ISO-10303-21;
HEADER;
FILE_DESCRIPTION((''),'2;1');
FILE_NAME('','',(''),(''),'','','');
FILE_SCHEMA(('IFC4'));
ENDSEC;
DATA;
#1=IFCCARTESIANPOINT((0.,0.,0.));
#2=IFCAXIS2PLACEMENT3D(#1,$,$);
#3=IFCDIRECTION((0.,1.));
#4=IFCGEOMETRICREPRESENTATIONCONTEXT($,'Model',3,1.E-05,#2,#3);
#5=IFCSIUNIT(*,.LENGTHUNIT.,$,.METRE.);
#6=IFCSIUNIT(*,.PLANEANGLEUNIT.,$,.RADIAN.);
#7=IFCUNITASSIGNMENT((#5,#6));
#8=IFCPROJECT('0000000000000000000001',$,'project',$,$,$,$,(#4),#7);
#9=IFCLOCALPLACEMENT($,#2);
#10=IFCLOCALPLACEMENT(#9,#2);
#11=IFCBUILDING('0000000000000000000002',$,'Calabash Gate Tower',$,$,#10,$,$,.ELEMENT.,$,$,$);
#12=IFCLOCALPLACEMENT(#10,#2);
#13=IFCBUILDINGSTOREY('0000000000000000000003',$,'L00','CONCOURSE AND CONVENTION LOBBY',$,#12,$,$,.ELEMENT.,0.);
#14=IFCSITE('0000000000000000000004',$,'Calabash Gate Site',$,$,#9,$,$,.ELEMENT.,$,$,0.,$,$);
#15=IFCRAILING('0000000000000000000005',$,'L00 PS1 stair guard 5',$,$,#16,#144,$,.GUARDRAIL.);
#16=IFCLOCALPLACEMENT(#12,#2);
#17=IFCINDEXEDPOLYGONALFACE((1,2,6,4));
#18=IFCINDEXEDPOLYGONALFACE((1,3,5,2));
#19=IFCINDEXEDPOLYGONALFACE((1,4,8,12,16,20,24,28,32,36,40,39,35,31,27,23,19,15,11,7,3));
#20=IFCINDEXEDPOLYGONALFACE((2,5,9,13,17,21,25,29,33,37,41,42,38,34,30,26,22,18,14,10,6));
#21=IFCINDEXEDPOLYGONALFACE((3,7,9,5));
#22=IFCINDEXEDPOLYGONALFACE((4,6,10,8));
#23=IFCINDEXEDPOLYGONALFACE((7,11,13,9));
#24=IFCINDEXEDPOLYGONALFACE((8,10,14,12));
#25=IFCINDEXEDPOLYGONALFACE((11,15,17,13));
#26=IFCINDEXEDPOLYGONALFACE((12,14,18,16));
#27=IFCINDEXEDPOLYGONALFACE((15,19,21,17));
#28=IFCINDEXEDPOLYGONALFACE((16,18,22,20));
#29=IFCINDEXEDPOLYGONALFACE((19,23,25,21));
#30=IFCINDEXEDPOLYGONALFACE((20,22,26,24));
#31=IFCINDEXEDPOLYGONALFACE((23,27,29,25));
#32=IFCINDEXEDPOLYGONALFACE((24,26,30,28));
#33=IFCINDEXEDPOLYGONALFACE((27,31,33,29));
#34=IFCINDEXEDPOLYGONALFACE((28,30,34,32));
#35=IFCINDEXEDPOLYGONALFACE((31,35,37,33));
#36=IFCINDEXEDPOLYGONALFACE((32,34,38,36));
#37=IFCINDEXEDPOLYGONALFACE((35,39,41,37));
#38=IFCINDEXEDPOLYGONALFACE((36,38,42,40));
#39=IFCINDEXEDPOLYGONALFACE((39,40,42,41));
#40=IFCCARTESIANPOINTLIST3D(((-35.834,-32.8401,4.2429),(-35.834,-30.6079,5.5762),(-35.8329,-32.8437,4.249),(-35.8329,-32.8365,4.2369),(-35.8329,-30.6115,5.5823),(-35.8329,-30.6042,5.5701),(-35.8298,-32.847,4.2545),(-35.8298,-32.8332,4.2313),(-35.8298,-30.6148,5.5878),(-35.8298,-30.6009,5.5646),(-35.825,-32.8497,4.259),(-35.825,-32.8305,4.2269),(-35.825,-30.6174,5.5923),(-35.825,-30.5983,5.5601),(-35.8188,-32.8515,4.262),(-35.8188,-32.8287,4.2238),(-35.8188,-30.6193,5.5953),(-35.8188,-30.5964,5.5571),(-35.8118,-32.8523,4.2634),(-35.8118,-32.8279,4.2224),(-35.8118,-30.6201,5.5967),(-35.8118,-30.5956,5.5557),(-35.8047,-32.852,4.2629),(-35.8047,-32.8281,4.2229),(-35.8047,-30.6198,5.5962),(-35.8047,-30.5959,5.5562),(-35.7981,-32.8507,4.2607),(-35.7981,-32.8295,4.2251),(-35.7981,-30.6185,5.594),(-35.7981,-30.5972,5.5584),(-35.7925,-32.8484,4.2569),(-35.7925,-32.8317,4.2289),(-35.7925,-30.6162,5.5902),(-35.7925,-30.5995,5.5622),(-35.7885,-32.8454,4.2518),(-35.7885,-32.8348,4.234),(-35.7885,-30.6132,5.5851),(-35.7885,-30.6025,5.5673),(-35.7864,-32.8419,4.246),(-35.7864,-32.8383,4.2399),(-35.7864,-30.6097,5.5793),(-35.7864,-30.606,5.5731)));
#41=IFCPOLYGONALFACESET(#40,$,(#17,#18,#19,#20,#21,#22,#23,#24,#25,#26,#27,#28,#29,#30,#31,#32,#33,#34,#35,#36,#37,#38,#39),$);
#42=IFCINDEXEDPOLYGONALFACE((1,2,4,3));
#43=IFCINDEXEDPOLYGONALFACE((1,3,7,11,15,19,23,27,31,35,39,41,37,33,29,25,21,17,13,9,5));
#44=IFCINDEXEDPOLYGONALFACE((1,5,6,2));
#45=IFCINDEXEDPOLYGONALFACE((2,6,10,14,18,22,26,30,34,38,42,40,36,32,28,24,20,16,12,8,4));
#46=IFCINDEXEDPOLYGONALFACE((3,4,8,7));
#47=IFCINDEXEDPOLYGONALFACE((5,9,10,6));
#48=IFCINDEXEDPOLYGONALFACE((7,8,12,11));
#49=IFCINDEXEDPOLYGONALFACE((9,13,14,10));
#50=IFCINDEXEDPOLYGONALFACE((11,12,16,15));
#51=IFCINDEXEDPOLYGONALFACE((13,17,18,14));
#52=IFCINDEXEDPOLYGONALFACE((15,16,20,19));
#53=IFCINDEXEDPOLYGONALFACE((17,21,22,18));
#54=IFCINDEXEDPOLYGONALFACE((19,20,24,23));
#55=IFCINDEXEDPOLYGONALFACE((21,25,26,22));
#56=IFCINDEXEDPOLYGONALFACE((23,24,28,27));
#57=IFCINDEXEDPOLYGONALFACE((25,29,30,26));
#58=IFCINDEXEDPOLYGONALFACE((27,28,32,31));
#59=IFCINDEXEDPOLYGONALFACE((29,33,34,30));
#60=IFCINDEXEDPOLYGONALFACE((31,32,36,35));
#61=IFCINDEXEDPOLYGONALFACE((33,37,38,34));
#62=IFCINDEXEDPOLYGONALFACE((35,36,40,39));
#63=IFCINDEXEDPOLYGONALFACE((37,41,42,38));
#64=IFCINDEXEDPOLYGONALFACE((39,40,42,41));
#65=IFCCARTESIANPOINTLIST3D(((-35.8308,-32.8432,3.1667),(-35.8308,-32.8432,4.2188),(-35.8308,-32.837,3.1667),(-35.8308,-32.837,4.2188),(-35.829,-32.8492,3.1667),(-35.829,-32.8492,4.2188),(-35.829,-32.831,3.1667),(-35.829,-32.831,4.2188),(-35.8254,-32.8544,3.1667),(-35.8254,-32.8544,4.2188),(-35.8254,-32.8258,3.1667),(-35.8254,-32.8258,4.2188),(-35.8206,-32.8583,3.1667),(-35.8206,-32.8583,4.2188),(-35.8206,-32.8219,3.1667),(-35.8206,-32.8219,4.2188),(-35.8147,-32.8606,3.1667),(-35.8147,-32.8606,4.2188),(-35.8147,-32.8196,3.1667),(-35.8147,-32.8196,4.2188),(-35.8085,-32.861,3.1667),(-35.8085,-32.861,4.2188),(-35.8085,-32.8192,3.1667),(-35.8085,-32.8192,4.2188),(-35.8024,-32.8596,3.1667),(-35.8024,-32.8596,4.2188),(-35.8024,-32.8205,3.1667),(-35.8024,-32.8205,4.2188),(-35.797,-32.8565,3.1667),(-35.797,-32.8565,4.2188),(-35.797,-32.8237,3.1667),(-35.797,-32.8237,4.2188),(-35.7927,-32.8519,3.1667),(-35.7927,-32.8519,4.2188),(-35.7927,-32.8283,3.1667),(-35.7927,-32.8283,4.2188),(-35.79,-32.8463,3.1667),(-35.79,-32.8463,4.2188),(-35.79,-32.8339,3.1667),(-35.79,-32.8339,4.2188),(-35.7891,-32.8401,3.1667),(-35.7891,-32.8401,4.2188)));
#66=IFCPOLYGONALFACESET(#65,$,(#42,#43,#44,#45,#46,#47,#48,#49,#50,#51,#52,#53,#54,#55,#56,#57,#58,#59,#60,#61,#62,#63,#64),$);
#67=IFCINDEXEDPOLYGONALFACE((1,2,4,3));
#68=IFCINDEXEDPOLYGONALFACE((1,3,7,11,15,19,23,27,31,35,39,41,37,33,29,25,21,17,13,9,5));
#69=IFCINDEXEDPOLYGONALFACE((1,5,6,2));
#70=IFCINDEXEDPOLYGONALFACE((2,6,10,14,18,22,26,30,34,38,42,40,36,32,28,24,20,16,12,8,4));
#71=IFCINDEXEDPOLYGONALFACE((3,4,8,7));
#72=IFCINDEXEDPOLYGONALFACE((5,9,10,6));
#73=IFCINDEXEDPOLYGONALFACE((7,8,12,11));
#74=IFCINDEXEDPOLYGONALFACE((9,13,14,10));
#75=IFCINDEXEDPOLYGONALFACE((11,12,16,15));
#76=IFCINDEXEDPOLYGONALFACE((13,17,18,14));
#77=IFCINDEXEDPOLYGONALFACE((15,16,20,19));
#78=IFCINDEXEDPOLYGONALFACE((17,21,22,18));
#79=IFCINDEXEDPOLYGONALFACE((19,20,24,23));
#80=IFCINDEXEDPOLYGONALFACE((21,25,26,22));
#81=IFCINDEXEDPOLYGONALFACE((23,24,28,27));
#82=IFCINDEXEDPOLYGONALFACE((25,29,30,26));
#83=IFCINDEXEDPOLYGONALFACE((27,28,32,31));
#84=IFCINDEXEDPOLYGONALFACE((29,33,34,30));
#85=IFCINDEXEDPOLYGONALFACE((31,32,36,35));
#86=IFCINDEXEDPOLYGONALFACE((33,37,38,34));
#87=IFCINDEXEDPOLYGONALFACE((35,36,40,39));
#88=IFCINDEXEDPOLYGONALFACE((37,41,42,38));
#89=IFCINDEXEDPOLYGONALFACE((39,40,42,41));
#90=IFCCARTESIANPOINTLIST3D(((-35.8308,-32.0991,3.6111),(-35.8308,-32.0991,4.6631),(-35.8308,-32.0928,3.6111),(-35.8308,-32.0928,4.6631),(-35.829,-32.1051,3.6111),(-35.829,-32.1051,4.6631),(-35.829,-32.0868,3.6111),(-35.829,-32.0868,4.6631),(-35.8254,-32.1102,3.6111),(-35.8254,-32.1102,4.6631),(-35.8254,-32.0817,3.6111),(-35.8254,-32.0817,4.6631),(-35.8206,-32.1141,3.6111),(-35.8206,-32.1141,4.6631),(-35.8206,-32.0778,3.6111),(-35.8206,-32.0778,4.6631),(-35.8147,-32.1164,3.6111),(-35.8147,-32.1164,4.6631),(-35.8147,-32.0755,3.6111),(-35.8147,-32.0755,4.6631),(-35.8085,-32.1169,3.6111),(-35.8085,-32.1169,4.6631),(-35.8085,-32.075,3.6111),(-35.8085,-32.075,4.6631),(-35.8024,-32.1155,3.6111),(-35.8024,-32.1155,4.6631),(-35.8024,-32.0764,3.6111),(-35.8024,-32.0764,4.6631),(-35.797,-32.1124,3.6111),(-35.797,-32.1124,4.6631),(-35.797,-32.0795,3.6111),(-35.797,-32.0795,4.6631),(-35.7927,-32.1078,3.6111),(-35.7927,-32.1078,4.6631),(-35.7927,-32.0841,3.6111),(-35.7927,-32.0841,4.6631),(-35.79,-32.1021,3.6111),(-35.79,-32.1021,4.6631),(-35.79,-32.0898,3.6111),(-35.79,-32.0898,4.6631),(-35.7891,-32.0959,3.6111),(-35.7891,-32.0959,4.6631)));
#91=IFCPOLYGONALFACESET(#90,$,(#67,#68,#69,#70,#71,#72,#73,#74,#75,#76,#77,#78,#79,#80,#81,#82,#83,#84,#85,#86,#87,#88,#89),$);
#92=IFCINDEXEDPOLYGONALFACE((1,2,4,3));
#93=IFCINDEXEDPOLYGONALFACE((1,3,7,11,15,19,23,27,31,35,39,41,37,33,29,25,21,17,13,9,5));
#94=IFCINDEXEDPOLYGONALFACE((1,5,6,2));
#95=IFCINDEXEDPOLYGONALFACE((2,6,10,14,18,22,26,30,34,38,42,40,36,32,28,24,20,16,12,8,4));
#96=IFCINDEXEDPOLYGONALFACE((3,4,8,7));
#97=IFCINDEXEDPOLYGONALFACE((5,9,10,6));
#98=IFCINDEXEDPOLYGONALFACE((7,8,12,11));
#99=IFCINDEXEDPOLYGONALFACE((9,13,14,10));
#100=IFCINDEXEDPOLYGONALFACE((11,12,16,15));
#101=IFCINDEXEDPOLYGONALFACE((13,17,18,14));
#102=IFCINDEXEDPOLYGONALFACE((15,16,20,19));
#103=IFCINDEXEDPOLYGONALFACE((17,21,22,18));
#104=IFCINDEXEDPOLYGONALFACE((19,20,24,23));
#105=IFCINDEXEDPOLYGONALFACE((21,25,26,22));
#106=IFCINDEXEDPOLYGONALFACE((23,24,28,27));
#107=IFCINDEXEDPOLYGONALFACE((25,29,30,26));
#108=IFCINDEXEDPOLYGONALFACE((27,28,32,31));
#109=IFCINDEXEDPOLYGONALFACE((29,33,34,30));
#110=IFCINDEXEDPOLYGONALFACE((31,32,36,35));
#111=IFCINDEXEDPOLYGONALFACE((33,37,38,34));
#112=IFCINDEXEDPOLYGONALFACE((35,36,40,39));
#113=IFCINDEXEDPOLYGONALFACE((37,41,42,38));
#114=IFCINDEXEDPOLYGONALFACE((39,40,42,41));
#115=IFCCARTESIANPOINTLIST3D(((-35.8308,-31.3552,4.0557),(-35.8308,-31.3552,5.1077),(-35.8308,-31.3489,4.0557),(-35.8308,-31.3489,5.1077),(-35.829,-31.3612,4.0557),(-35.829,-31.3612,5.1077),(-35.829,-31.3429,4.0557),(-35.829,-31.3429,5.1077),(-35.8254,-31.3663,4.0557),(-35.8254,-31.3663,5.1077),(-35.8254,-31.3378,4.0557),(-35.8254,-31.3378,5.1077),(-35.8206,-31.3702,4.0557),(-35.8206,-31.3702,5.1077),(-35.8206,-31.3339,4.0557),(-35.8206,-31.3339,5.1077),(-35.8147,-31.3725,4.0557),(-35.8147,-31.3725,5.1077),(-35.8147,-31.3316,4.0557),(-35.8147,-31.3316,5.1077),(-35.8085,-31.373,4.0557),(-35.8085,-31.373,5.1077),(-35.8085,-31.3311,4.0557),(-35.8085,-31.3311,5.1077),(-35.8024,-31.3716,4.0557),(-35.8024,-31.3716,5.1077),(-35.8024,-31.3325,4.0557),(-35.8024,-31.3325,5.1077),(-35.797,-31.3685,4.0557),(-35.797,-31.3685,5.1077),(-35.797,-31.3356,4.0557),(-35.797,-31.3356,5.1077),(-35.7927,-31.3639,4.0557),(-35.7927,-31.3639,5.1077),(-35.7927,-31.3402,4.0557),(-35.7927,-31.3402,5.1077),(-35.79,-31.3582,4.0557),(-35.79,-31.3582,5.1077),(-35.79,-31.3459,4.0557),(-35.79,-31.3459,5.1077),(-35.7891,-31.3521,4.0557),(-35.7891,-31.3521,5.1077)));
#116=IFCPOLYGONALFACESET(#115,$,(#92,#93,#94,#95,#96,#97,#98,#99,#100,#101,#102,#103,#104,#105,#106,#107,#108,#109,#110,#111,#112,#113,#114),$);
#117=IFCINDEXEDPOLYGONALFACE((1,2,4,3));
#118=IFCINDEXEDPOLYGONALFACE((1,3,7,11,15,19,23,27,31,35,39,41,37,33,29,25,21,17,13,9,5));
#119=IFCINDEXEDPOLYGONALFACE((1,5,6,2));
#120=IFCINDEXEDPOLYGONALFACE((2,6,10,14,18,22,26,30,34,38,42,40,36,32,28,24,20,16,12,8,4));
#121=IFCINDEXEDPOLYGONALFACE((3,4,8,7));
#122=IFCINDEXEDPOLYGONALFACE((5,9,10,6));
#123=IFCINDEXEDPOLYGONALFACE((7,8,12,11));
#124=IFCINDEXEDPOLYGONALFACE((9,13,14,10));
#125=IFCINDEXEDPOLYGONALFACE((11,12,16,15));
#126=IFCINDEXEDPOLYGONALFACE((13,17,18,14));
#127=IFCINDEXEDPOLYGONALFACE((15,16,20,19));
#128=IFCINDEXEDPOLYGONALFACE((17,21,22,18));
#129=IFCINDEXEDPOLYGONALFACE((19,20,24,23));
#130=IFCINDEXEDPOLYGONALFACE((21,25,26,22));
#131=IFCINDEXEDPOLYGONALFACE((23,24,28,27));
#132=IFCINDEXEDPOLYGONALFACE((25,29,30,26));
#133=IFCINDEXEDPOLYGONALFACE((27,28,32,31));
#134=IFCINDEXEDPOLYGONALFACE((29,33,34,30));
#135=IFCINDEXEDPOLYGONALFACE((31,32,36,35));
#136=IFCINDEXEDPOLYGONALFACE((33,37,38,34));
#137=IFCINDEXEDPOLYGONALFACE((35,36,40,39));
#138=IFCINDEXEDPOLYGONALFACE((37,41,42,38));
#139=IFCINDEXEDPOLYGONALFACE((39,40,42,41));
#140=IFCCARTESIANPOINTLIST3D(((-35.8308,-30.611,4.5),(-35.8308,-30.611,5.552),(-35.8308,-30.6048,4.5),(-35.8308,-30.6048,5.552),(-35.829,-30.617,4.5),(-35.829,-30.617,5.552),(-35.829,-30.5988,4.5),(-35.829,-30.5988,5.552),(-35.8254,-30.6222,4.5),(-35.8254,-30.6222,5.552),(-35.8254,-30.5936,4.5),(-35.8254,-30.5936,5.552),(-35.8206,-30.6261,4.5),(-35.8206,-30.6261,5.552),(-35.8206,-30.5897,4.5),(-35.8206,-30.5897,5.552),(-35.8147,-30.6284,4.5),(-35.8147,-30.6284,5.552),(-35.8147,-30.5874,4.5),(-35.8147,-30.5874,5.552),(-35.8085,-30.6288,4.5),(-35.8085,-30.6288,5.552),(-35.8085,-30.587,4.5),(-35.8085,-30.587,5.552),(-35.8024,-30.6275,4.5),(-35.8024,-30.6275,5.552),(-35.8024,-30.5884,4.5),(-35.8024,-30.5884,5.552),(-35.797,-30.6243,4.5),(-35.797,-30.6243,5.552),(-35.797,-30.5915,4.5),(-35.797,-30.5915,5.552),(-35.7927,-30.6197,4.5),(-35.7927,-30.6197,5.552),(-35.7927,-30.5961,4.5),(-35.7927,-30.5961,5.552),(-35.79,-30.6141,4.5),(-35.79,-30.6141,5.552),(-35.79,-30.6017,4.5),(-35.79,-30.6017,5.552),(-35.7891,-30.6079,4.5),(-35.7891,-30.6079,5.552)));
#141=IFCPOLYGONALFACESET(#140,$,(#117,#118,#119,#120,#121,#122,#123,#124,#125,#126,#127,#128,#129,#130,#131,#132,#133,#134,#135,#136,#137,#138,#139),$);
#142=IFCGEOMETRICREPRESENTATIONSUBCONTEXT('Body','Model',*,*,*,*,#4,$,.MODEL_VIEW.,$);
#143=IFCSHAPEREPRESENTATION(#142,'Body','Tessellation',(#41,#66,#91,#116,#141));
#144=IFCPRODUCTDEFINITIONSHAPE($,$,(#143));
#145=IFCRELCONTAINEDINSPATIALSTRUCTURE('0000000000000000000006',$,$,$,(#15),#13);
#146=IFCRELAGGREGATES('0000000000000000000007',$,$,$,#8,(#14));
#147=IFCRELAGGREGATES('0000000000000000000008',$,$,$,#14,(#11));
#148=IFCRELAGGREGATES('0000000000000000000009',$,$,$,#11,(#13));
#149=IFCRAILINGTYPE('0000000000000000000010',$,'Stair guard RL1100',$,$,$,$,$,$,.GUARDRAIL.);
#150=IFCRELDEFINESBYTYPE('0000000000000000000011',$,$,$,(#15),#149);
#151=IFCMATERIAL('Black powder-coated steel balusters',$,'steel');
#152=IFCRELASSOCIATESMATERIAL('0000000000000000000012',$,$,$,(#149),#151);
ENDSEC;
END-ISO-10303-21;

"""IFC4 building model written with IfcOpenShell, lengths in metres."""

from ifc_helpers import new_model, si_unit, direction, frame, origin, origin_2d, place, context, subcontext, project, spatial, circle, extrude, material, type_object, element, save


model = new_model("IFC4")

# Units and contexts
model_context = context("Model", 3, precision=1e-05, world=origin(), true_north=direction((0.0, 1.0)))
body_context = subcontext(model_context, "Body", "Model", "MODEL_VIEW")
ifc_project = project(units=[si_unit("LENGTHUNIT", "METRE"), si_unit("PLANEANGLEUNIT", "RADIAN")], contexts=[model_context])

# Site, building, storey
site_placement = place(None, origin())
site = spatial("IfcSite", under=ifc_project, at=site_placement, Name="Calabash Gate Site", CompositionType="ELEMENT", RefElevation=0.0)
building_placement = place(site_placement, origin())
building = spatial("IfcBuilding", under=site, at=building_placement, Name="Calabash Gate Tower", CompositionType="ELEMENT")
storey_placement = place(building_placement, origin())
storey = spatial("IfcBuildingStorey", under=building, at=storey_placement, Name="L00", Description="CONCOURSE AND CONVENTION LOBBY", CompositionType="ELEMENT", Elevation=0.0)

# Railing
ifc_material_1 = material(Name="Black powder-coated steel balusters", Category="steel")
railing_type_1 = type_object("IfcRailingType", Name="Stair guard RL1100", PredefinedType="GUARDRAIL", material=ifc_material_1)
railing_1_placement = place(storey_placement, frame((-35.8101, -32.8401, 3.1667)))
element("IfcRailing", 1, at=railing_1_placement, inside=storey, type_object=railing_type_1, Name="L00 PS1 stair guard 5", PredefinedType="GUARDRAIL", context=body_context, shape_type="SweptSolid", body=[
    extrude(circle(Radius=0.0239, at=origin_2d()), frame((0.0, 0.0, 1.0762), z_axis=(0.0, 0.858519, 0.512782), x_axis=(-1.0, 0.0, 0.0)), (0.0, 0.0, 1.0), 2.6001),
    extrude(circle(Radius=0.021, at=origin_2d()), origin(), (0.0, 0.0, 1.0), 1.052),
    extrude(circle(Radius=0.021, at=origin_2d()), frame((0.0, 0.7441, 0.4443)), (0.0, 0.0, 1.0), 1.052),
    extrude(circle(Radius=0.021, at=origin_2d()), frame((0.0, 1.488, 0.8889)), (0.0, 0.0, 1.0), 1.052),
    extrude(circle(Radius=0.021, at=origin_2d()), frame((0.0, 2.2322, 1.3333)), (0.0, 0.0, 1.0), 1.052),
])

save(model, "model.ifc")
